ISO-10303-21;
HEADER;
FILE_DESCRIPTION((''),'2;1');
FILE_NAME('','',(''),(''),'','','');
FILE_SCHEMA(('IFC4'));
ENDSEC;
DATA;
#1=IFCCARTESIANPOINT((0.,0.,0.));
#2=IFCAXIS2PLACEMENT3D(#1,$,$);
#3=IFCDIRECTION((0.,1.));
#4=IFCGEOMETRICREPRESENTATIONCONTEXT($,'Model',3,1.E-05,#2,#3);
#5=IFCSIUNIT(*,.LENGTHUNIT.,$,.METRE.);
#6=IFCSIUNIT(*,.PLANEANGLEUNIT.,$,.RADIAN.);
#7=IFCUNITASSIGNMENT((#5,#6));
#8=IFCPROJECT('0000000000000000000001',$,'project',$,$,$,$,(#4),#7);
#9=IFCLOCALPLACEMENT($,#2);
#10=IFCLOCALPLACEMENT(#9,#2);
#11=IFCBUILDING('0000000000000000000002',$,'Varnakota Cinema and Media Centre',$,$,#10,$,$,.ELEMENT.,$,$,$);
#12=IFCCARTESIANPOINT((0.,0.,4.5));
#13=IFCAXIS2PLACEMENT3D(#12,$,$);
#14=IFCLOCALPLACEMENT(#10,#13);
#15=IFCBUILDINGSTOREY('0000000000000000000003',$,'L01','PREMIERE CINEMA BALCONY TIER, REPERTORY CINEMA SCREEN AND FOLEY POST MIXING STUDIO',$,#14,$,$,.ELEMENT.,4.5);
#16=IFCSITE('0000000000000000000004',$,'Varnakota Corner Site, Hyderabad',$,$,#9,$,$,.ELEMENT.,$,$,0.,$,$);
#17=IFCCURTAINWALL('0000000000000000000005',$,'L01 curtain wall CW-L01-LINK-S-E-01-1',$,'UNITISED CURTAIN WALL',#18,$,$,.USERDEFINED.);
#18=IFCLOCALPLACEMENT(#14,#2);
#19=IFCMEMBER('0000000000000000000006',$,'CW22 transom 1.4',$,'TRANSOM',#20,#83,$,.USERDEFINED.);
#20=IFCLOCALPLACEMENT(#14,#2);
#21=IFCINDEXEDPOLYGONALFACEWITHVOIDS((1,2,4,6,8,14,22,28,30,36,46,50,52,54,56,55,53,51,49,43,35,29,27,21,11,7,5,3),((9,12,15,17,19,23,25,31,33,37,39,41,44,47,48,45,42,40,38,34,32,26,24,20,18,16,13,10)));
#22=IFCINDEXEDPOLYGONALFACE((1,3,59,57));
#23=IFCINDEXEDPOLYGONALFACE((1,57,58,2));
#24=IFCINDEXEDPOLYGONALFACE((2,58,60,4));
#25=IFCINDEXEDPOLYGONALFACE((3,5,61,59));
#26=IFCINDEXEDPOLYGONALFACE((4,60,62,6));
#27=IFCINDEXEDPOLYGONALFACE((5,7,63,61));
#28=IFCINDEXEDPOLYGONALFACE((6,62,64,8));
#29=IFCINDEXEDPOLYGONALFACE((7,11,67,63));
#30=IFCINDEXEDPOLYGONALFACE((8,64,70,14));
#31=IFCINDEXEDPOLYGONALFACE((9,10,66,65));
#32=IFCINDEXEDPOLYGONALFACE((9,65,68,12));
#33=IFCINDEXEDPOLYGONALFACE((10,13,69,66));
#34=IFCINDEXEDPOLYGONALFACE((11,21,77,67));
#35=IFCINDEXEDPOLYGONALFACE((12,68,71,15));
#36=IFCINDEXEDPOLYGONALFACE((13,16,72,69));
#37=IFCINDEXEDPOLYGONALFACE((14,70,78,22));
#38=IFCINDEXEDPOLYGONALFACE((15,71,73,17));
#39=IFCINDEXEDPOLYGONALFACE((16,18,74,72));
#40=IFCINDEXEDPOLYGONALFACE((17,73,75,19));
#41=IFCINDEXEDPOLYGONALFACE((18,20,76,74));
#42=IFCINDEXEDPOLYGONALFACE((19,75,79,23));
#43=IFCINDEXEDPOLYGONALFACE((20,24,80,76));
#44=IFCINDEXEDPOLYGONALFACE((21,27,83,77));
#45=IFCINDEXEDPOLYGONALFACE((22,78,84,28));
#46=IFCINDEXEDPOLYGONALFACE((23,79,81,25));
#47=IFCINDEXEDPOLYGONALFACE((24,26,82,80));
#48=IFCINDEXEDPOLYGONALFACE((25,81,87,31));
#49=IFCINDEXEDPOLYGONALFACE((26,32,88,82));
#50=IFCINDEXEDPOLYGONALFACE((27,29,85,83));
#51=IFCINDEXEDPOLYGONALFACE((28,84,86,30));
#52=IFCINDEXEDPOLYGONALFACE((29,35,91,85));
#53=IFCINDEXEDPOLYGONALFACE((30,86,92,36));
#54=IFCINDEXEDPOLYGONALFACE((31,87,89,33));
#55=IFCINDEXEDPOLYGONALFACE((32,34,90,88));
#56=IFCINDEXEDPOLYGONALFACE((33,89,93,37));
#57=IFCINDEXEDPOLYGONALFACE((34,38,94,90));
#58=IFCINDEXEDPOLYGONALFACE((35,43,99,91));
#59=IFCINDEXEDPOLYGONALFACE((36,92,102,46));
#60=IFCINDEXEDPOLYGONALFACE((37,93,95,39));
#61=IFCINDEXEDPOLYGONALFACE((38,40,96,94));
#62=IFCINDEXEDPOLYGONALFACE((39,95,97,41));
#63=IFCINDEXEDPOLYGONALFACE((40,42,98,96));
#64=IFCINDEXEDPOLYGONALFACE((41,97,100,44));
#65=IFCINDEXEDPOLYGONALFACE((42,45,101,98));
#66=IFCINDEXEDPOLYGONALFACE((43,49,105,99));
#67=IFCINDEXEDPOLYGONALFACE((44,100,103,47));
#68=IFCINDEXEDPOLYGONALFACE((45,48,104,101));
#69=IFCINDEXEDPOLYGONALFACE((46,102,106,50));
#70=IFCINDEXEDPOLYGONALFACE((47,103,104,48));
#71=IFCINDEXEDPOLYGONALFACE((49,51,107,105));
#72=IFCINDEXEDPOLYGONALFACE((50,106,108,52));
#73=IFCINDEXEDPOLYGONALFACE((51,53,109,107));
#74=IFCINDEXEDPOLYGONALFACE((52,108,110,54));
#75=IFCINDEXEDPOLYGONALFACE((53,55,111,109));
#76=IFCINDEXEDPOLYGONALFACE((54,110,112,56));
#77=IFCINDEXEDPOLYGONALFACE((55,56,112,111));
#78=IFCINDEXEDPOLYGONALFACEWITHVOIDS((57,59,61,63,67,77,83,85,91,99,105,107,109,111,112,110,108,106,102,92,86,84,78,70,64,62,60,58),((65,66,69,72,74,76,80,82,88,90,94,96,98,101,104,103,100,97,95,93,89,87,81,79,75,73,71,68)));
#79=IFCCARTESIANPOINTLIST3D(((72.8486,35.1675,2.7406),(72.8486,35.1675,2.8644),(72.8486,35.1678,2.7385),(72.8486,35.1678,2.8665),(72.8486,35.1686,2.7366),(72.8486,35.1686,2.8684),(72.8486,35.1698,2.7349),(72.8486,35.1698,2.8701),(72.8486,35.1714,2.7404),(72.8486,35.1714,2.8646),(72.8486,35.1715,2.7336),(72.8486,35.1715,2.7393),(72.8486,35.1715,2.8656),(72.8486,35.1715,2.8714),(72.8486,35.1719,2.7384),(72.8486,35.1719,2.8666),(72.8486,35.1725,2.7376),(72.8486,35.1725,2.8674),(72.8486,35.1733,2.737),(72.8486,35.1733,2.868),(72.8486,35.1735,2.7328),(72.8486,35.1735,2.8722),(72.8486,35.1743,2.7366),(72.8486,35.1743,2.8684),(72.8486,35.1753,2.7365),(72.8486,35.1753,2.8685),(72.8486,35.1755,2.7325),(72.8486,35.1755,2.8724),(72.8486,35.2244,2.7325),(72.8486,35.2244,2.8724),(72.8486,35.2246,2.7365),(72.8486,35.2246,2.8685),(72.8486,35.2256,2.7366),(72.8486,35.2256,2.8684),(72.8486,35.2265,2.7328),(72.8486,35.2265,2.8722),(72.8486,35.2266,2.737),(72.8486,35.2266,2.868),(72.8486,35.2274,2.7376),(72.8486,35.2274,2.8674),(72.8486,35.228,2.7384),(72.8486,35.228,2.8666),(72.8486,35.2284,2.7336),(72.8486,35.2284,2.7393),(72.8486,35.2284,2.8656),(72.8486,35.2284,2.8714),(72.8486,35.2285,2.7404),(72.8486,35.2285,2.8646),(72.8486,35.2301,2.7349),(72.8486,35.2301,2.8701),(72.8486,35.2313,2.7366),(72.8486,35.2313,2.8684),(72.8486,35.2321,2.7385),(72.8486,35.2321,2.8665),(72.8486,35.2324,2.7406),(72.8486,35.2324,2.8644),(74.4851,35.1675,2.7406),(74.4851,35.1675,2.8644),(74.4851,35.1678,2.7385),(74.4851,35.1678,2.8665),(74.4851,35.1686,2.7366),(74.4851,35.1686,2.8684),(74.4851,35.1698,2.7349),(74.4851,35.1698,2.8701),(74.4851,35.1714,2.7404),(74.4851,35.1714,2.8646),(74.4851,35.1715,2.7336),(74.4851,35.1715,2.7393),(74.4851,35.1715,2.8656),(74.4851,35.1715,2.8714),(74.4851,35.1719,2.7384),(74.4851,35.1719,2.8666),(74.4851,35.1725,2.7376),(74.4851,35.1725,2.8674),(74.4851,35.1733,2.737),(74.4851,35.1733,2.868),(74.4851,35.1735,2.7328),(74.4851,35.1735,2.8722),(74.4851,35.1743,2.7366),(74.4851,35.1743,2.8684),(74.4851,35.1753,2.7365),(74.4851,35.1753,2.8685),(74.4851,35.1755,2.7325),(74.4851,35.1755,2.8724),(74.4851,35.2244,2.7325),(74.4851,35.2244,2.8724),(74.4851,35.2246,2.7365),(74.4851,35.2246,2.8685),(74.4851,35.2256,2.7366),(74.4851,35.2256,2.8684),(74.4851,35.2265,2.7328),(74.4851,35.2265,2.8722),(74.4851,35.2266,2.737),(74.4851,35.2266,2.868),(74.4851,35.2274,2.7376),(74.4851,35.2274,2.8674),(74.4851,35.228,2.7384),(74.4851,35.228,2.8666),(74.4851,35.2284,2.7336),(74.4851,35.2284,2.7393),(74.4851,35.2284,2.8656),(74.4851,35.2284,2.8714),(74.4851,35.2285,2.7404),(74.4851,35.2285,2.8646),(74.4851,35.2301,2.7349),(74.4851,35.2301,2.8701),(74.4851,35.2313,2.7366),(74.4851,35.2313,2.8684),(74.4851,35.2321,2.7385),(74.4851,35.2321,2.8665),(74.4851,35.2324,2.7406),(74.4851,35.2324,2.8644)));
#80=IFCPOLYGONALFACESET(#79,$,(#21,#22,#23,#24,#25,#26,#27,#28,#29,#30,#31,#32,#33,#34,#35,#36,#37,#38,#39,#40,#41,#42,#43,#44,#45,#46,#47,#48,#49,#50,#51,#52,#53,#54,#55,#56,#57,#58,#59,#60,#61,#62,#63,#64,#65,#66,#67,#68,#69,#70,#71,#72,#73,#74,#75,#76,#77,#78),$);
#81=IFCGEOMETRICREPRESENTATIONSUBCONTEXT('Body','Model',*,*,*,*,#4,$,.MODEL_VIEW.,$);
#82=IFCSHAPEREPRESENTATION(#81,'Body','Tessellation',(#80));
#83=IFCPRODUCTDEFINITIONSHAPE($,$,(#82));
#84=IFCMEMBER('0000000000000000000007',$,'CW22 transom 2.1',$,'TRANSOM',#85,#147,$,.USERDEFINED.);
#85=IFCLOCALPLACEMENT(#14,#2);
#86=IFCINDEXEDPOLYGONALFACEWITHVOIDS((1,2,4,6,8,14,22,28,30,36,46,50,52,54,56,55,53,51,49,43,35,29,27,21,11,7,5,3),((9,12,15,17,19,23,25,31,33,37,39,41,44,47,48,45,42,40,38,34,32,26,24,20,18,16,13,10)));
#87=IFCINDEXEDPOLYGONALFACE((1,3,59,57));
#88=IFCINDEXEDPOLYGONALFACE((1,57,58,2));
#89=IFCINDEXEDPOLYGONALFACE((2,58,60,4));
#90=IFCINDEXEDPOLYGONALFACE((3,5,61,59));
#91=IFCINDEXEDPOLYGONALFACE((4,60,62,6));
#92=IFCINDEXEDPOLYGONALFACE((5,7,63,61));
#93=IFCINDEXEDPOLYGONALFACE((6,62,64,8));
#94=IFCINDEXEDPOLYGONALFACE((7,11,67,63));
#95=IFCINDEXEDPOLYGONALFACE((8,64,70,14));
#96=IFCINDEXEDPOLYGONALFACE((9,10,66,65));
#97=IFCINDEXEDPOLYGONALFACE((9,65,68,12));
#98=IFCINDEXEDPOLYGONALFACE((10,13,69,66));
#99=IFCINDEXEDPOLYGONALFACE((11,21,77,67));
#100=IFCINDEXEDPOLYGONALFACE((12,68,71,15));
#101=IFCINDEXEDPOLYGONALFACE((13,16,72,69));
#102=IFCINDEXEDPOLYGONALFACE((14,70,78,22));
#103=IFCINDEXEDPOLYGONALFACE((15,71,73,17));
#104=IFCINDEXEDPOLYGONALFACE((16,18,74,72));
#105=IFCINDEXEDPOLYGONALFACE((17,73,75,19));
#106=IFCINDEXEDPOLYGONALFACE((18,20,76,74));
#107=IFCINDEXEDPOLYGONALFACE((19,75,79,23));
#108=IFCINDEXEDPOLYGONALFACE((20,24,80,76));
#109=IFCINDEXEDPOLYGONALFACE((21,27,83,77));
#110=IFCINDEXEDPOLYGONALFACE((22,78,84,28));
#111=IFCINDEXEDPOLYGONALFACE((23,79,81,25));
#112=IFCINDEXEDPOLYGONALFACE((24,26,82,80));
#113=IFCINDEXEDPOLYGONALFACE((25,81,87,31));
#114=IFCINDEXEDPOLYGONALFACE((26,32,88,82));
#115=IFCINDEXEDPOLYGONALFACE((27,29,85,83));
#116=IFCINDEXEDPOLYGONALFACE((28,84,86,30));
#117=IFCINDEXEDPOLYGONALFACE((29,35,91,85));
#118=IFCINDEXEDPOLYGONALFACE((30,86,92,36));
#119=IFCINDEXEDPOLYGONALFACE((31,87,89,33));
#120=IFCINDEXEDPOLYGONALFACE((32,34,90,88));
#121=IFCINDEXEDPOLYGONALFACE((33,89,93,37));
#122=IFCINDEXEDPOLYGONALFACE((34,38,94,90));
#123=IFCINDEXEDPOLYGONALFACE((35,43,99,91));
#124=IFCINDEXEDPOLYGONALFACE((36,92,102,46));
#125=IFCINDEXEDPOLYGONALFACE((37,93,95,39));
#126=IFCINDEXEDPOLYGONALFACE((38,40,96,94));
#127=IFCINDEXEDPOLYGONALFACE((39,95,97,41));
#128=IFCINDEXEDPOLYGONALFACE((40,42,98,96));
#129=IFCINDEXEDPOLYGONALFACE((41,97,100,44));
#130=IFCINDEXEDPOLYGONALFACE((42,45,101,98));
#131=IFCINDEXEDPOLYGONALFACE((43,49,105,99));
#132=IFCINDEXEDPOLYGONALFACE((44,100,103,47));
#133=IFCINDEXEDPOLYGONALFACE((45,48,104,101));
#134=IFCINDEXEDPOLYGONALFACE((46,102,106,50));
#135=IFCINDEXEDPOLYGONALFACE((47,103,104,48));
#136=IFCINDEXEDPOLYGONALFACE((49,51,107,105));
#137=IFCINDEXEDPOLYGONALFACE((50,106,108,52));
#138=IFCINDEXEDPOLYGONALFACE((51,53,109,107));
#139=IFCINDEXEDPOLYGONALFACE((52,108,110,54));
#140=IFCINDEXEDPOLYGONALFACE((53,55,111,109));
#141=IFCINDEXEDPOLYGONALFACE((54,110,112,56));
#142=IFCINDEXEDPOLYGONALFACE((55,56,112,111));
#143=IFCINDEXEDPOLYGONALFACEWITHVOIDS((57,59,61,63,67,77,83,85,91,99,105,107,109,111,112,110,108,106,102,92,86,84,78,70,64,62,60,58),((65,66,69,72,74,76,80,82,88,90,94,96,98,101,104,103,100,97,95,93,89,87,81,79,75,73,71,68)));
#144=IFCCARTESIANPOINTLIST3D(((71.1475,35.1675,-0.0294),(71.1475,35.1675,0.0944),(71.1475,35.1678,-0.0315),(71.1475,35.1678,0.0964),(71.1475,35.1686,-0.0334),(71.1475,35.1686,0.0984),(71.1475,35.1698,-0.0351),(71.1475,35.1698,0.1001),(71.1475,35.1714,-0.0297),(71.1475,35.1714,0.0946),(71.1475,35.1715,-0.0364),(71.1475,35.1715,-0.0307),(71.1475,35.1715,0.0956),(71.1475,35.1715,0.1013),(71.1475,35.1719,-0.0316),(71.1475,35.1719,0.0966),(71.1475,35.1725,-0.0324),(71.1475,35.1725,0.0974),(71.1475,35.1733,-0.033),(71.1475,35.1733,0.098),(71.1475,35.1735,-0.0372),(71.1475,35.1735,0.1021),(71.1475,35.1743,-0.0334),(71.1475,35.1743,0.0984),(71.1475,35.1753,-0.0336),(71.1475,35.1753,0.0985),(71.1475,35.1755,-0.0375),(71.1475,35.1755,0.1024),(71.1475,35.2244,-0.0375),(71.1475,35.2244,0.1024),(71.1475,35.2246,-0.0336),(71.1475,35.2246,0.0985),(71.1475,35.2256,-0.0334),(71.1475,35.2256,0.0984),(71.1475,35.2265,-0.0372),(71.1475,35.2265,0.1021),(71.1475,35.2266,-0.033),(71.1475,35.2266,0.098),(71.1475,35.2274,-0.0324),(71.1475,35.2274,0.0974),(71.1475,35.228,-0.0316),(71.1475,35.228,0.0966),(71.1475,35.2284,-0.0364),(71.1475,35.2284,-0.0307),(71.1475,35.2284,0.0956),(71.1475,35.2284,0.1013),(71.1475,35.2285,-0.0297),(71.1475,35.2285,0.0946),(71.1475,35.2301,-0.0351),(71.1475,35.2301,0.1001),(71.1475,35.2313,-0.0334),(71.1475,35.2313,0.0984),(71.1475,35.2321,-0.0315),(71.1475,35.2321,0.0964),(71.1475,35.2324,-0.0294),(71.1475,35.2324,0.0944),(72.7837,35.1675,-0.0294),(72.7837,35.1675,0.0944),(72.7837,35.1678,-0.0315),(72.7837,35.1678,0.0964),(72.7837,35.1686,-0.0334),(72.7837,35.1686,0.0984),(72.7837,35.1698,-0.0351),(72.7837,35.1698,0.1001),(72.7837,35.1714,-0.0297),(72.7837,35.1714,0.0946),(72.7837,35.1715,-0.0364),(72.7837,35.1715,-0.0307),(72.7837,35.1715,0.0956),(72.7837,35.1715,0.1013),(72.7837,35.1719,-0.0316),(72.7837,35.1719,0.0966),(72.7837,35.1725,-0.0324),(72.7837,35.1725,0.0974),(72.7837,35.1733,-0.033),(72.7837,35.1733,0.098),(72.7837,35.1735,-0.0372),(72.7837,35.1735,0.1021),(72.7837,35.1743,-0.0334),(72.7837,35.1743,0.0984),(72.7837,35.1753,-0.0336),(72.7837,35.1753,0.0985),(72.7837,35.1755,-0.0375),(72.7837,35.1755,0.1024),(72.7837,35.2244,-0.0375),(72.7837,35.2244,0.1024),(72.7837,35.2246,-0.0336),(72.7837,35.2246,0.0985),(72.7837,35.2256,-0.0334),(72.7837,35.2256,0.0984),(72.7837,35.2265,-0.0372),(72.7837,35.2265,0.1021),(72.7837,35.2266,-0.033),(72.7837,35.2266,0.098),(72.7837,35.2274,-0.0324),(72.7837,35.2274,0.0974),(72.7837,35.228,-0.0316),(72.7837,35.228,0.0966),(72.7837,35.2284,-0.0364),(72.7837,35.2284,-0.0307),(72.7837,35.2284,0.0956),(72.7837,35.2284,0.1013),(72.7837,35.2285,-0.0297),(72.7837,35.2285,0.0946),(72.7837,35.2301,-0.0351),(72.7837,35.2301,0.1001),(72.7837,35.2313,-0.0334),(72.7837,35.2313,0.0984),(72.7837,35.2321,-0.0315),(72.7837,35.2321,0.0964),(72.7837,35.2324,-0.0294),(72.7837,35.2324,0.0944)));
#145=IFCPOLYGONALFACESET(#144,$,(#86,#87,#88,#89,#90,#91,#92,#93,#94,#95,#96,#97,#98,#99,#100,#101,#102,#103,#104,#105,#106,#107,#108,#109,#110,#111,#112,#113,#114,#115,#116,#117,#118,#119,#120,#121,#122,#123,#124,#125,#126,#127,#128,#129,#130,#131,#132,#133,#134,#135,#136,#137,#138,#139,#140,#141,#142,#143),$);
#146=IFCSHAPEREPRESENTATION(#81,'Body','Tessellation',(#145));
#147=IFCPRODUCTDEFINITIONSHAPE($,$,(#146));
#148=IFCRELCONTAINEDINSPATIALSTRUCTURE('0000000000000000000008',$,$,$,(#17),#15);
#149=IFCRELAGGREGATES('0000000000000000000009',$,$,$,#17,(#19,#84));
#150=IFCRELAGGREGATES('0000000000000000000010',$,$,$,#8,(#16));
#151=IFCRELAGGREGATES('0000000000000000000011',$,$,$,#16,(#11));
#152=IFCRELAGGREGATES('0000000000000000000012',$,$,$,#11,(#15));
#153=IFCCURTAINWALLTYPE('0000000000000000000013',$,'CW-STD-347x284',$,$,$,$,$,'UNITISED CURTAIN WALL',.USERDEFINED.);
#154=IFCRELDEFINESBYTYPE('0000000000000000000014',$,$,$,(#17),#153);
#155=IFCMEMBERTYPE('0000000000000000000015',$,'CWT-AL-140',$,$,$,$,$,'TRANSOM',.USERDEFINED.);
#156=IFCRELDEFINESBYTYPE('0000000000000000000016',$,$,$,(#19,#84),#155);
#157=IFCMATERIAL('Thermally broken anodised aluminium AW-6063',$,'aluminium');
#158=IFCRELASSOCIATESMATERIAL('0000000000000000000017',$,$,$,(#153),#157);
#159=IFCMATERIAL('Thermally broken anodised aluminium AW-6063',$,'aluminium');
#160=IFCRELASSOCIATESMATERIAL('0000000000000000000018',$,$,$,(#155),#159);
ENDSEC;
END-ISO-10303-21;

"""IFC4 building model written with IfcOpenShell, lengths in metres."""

from ifc_helpers import new_model, si_unit, direction, frame, origin, origin_2d, place, context, subcontext, project, spatial, hollow_rectangle, extrude, material, material_profile, profile_set, type_object, element, aggregate, save


model = new_model("IFC4")

# Units and contexts
model_context = context("Model", 3, precision=1e-05, world=origin(), true_north=direction((0.0, 1.0)))
body_context = subcontext(model_context, "Body", "Model", "MODEL_VIEW")
ifc_project = project(units=[si_unit("LENGTHUNIT", "METRE"), si_unit("PLANEANGLEUNIT", "RADIAN")], contexts=[model_context])

# Site, building, storey
site_placement = place(None, origin())
site = spatial("IfcSite", under=ifc_project, at=site_placement, Name="Varnakota Corner Site, Hyderabad", CompositionType="ELEMENT", RefElevation=0.0)
building_placement = place(site_placement, origin())
building = spatial("IfcBuilding", under=site, at=building_placement, Name="Varnakota Cinema and Media Centre", CompositionType="ELEMENT")
storey_placement = place(building_placement, frame((0.0, 0.0, 4.5)))
storey = spatial("IfcBuildingStorey", under=building, at=storey_placement, Name="L01", Description="PREMIERE CINEMA BALCONY TIER, REPERTORY CINEMA SCREEN AND FOLEY POST MIXING STUDIO", CompositionType="ELEMENT", Elevation=4.5)

# Curtain wall
ifc_material_1 = material(Name="Thermally broken anodised aluminium AW-6063", Category="aluminium")
curtain_wall_type = type_object("IfcCurtainWallType", Name="CW-STD-347x284", ElementType="UNITISED CURTAIN WALL", PredefinedType="USERDEFINED", material=ifc_material_1)
curtain_wall_1_placement = place(storey_placement, origin())
curtain_wall_1 = element("IfcCurtainWall", 1, at=curtain_wall_1_placement, inside=storey, type_object=curtain_wall_type, Name="L01 curtain wall CW-L01-LINK-S-E-01-1", ObjectType="UNITISED CURTAIN WALL", PredefinedType="USERDEFINED")

# Members
ifc_material_2 = material(Name="Thermally broken anodised aluminium AW-6063", Category="aluminium")
ifc_material_profile_1 = material_profile(ifc_material_2, hollow_rectangle(XDim=0.0649, YDim=0.1399, WallThickness=0.0039, InnerFilletRadius=0.0039, OuterFilletRadius=0.0081, at=origin_2d()), Name="AL-TRANSOM 140x65x4")
ifc_profile_set_1 = profile_set([ifc_material_profile_1], Name="Thermally broken anodised aluminium AW-6063")
member_type_1 = type_object("IfcMemberType", Name="CWT-AL-140", ElementType="TRANSOM", PredefinedType="USERDEFINED", material=ifc_profile_set_1)
member_1_placement = place(storey_placement, frame((74.4851, 35.2, 2.8025), z_axis=(-1.0, 0.0, 0.0), x_axis=(0.0, -1.0, 0.0)))
member_1 = element("IfcMember", 2, at=member_1_placement, type_object=member_type_1, Name="CW22 transom 1.4", ObjectType="TRANSOM", PredefinedType="USERDEFINED", context=body_context, shape_type="SweptSolid", body=[
    extrude(hollow_rectangle(XDim=0.0649, YDim=0.1399, WallThickness=0.0039, InnerFilletRadius=0.0039, OuterFilletRadius=0.0081, at=origin_2d()), origin(), (0.0, 0.0, 1.0), 1.6365),
])
member_2_placement = place(storey_placement, frame((72.7837, 35.2, 0.0325), z_axis=(-1.0, 0.0, 0.0), x_axis=(0.0, -1.0, 0.0)))
member_2 = element("IfcMember", 3, at=member_2_placement, type_object=member_type_1, Name="CW22 transom 2.1", ObjectType="TRANSOM", PredefinedType="USERDEFINED", context=body_context, shape_type="SweptSolid", body=[
    extrude(hollow_rectangle(XDim=0.0649, YDim=0.1399, WallThickness=0.0039, InnerFilletRadius=0.0039, OuterFilletRadius=0.0081, at=origin_2d()), origin(), (0.0, 0.0, 1.0), 1.6362),
])

aggregate(curtain_wall_1, [member_1, member_2])

save(model, "model.ifc")
